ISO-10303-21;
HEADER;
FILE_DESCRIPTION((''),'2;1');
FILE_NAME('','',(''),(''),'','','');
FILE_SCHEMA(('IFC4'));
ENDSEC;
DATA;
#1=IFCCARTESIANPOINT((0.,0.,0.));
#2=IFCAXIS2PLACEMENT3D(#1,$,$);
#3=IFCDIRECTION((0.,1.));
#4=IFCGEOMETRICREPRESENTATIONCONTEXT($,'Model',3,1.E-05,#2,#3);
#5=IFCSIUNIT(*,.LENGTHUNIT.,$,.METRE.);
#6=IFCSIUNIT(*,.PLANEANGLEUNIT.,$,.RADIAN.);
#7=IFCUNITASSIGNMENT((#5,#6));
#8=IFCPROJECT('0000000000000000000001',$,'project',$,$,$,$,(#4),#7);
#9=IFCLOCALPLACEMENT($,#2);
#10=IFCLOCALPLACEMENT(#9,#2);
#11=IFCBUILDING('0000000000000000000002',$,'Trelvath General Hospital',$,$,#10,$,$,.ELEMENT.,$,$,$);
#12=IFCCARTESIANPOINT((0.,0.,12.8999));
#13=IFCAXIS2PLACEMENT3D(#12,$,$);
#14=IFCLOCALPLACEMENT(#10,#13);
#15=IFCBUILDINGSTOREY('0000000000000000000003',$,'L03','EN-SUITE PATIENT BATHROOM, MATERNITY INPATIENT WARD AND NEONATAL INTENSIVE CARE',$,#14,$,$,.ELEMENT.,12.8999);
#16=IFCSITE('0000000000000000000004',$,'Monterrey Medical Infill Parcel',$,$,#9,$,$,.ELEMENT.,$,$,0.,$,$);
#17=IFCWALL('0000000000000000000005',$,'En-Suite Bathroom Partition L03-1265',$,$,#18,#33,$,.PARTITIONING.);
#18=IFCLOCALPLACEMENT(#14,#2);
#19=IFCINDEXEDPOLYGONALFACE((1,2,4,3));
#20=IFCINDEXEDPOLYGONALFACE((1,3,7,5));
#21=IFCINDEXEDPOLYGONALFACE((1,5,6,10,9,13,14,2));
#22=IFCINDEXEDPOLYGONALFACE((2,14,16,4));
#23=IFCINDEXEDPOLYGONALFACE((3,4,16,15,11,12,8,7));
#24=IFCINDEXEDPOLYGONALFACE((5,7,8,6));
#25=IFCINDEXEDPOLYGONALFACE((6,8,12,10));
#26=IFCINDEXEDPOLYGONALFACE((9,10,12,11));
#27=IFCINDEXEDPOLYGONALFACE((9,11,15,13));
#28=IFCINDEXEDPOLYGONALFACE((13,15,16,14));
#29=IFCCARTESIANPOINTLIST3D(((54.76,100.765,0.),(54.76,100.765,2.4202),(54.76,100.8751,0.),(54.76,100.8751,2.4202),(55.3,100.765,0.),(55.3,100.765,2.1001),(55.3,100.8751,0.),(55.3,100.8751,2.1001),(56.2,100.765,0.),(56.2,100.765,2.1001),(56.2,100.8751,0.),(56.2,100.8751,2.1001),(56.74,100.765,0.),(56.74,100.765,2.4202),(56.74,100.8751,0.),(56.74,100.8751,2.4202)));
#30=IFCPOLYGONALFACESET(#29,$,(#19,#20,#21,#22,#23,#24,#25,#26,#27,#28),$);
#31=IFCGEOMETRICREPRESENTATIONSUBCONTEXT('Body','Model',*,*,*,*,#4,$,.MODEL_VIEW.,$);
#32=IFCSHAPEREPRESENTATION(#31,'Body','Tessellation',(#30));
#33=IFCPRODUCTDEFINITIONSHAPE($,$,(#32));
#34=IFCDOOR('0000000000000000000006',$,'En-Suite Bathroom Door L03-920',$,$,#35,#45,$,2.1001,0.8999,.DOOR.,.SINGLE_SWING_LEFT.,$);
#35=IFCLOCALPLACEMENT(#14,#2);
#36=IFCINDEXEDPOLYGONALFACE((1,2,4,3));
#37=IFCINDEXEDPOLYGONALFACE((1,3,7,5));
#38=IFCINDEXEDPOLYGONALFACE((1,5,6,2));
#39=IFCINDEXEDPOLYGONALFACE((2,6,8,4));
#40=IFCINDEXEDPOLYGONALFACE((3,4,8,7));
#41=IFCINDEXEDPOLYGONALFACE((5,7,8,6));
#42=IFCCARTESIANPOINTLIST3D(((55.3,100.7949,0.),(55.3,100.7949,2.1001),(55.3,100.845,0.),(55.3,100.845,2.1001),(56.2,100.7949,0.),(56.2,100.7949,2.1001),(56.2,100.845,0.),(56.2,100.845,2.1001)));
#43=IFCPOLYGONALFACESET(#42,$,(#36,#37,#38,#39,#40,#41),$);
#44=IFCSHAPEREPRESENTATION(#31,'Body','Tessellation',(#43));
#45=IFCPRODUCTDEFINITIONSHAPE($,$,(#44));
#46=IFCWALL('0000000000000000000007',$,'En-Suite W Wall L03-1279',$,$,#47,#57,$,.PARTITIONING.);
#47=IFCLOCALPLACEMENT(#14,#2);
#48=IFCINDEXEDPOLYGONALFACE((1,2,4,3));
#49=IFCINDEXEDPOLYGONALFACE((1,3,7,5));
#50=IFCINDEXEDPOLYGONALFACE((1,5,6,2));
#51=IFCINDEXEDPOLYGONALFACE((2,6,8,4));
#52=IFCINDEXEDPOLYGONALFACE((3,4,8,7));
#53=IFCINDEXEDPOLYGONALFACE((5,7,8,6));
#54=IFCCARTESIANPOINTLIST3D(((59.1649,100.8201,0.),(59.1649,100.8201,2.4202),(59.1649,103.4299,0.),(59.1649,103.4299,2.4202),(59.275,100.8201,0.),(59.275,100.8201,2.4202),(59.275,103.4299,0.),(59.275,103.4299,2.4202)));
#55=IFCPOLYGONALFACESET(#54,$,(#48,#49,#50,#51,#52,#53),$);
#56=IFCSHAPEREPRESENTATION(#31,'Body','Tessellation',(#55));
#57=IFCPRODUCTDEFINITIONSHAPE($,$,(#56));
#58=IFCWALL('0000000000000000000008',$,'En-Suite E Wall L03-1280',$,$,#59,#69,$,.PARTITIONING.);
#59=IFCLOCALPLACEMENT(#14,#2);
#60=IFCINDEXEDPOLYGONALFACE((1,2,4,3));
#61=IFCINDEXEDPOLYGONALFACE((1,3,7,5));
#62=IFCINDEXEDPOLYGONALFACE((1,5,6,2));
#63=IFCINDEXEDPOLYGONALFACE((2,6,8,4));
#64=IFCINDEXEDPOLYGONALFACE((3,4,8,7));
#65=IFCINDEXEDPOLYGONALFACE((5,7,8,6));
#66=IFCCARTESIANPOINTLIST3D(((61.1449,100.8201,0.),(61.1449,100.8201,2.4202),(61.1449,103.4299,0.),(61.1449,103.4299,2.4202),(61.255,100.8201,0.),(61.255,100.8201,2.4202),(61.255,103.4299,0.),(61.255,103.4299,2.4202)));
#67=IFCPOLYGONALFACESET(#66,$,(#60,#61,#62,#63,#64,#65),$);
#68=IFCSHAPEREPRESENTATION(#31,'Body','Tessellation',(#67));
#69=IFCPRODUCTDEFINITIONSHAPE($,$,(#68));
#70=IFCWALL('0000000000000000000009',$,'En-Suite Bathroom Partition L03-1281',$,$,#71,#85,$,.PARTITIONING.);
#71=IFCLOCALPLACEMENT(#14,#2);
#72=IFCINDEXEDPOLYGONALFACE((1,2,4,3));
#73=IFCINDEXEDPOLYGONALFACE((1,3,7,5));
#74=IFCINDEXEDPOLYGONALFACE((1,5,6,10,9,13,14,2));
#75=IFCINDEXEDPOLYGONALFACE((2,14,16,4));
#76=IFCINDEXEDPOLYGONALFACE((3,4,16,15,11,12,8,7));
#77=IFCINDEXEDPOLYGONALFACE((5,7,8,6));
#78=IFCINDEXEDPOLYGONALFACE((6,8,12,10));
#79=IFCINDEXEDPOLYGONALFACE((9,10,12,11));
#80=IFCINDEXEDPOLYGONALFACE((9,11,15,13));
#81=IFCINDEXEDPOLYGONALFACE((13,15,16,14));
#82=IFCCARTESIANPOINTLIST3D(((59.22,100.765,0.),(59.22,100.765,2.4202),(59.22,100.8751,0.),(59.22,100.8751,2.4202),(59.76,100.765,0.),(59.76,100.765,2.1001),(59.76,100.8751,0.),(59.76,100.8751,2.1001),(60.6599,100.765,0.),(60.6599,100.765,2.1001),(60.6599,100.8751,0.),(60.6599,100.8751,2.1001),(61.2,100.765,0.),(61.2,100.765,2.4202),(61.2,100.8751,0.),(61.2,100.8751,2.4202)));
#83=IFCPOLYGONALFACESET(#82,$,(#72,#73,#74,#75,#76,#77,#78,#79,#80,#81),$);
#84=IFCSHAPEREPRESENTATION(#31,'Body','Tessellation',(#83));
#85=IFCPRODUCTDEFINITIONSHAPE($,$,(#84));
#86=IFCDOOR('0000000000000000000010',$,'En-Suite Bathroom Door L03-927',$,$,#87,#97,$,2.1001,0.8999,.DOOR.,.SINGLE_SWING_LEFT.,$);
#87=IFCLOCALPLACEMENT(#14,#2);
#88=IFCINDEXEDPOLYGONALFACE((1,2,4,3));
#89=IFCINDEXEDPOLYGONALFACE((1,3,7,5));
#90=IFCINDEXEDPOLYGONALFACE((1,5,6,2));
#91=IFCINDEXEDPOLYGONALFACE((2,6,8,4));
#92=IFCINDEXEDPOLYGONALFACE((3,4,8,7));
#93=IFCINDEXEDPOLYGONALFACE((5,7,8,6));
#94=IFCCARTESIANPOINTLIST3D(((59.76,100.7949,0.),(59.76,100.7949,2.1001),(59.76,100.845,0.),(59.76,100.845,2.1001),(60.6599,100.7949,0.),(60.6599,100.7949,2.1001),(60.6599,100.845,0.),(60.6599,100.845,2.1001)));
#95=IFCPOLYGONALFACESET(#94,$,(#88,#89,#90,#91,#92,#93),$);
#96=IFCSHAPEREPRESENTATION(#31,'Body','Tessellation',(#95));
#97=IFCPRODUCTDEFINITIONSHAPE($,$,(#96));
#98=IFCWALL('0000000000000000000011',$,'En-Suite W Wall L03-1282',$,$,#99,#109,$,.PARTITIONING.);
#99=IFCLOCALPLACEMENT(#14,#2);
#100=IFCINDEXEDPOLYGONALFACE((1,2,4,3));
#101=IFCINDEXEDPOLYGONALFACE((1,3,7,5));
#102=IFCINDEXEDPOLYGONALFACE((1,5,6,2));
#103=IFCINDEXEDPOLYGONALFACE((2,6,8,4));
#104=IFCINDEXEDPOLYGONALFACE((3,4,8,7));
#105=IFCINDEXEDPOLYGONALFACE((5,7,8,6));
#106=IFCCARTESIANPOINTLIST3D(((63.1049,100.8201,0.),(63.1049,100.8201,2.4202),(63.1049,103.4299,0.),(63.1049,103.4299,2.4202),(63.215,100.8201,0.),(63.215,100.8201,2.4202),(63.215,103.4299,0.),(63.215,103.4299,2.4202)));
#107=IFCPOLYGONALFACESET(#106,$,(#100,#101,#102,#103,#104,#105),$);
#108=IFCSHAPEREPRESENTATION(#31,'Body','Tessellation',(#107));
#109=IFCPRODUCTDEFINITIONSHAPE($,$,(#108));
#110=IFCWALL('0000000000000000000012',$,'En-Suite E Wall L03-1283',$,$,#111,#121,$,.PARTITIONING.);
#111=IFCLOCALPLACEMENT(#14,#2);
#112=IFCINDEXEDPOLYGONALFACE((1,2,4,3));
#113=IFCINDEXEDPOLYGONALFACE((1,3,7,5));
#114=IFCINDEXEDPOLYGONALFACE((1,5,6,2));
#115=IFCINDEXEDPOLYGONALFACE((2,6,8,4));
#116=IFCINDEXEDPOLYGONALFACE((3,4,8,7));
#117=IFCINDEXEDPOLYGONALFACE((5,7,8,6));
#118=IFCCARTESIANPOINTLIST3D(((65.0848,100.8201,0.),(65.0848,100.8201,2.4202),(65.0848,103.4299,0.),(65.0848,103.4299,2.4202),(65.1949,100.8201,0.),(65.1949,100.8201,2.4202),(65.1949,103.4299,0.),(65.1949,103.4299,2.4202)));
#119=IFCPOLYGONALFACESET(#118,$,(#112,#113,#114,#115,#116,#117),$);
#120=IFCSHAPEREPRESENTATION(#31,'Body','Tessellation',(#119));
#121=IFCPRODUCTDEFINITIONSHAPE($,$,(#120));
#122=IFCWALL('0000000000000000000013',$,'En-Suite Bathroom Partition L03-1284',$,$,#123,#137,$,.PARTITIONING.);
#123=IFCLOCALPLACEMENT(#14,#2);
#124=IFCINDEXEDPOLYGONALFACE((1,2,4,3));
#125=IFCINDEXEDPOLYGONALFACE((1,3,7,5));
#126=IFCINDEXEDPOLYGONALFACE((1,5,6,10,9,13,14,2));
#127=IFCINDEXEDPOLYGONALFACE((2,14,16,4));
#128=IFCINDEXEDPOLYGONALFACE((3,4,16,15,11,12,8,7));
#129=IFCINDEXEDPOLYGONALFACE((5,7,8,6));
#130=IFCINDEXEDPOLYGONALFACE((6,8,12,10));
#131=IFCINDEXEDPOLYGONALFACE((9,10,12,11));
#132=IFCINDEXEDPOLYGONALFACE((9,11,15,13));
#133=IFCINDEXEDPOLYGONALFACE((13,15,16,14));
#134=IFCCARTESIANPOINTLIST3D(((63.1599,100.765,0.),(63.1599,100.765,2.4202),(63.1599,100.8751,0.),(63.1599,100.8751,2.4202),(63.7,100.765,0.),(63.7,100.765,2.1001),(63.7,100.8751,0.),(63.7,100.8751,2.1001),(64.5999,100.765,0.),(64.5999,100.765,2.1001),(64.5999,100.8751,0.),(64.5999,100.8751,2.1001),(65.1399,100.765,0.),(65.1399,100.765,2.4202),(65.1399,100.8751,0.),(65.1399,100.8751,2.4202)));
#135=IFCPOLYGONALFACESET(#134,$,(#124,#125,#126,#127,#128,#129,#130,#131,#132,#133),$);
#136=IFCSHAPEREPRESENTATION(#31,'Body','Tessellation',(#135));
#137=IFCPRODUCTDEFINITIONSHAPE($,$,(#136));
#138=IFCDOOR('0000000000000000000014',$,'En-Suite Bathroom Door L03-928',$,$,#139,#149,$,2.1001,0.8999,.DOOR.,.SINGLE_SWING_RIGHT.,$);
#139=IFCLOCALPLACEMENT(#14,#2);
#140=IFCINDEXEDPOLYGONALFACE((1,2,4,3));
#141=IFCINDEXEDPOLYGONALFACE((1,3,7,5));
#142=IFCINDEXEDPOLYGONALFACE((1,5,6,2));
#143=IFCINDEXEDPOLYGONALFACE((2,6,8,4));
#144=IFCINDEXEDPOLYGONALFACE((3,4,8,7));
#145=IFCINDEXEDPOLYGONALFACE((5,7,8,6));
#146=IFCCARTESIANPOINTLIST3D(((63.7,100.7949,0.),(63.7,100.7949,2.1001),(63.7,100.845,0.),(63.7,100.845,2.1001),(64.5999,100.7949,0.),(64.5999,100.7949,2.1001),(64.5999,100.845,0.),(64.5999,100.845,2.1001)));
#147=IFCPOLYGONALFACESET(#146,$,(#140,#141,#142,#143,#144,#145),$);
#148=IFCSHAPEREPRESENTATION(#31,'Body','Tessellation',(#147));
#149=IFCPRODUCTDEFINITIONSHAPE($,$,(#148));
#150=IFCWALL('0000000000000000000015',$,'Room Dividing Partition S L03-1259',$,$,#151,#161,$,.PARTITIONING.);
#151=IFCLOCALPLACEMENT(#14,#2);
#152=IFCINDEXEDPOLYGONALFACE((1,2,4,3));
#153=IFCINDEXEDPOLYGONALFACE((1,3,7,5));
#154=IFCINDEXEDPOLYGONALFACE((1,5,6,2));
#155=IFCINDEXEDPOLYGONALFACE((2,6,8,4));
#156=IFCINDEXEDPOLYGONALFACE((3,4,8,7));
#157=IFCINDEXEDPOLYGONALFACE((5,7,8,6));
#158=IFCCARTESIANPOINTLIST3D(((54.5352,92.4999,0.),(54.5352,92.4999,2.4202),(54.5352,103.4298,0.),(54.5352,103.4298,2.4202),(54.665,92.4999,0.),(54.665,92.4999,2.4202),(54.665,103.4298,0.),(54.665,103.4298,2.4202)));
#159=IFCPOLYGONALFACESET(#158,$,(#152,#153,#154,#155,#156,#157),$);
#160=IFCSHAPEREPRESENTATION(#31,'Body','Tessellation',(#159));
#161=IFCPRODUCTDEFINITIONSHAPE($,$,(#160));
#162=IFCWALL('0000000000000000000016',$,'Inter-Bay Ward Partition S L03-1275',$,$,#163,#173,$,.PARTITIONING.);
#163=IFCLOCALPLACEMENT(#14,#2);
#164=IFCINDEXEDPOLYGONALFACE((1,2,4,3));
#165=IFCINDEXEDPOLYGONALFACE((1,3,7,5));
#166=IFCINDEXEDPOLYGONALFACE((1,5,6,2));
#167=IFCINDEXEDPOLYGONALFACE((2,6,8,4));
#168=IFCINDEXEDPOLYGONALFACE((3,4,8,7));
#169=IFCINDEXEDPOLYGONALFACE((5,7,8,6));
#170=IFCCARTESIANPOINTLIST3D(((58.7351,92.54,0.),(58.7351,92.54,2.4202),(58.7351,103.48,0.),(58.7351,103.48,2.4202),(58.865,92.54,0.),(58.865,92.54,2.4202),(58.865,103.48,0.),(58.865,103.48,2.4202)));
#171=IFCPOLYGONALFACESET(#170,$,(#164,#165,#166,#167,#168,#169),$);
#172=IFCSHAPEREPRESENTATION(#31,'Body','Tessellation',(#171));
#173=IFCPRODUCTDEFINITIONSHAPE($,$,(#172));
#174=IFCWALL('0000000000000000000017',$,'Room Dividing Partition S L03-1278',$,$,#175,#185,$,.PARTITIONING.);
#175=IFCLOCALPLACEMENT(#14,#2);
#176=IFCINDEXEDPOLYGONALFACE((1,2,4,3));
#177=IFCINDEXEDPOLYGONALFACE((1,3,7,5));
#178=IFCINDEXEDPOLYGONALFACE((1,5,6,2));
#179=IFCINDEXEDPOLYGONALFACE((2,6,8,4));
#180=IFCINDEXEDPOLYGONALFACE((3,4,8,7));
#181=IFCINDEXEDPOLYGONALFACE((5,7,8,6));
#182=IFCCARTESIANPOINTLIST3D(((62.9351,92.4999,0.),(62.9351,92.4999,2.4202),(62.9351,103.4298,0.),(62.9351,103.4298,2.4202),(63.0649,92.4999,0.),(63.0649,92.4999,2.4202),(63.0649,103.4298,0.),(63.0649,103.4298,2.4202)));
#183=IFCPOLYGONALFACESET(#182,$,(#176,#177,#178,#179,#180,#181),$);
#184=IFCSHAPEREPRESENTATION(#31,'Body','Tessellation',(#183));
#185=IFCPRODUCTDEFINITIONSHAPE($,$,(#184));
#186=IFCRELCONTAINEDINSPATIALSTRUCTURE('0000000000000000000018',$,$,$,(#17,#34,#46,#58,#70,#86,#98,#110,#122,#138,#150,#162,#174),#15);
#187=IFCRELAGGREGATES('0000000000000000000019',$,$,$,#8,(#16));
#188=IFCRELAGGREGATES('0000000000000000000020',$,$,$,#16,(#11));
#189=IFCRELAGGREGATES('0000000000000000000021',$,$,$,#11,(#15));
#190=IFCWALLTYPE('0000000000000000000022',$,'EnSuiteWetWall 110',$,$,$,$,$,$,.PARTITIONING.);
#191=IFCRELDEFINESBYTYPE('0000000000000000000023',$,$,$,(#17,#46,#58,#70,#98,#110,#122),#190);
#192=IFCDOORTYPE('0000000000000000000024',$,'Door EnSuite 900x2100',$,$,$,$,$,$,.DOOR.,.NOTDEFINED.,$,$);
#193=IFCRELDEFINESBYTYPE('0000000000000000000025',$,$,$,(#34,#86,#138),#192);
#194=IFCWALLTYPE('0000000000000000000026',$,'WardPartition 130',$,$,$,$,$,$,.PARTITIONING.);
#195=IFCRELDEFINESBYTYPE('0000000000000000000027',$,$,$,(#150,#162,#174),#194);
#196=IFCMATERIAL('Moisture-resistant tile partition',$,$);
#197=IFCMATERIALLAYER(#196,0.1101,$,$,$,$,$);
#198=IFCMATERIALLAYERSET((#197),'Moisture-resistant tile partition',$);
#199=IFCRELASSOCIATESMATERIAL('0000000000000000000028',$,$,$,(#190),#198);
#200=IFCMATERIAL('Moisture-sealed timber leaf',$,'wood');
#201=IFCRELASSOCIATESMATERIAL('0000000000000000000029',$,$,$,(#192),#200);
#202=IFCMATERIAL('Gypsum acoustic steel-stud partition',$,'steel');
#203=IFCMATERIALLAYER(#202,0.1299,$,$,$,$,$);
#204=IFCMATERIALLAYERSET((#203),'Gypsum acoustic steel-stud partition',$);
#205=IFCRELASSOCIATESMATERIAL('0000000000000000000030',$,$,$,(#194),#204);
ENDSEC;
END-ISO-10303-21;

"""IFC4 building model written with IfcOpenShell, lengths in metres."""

from ifc_helpers import new_model, si_unit, direction, frame, frame_2d, origin, place, context, subcontext, project, spatial, rectangle, extrude, material, layer, layer_set, type_object, element, fill, save


model = new_model("IFC4")

# Units and contexts
model_context = context("Model", 3, precision=1e-05, world=origin(), true_north=direction((0.0, 1.0)))
body_context = subcontext(model_context, "Body", "Model", "MODEL_VIEW")
ifc_project = project(units=[si_unit("LENGTHUNIT", "METRE"), si_unit("PLANEANGLEUNIT", "RADIAN")], contexts=[model_context])

# Site, building, storey
site_placement = place(None, origin())
site = spatial("IfcSite", under=ifc_project, at=site_placement, Name="Monterrey Medical Infill Parcel", CompositionType="ELEMENT", RefElevation=0.0)
building_placement = place(site_placement, origin())
building = spatial("IfcBuilding", under=site, at=building_placement, Name="Trelvath General Hospital", CompositionType="ELEMENT")
storey_placement = place(building_placement, frame((0.0, 0.0, 12.8999)))
storey = spatial("IfcBuildingStorey", under=building, at=storey_placement, Name="L03", Description="EN-SUITE PATIENT BATHROOM, MATERNITY INPATIENT WARD AND NEONATAL INTENSIVE CARE", CompositionType="ELEMENT", Elevation=12.8999)

# Shared definitions
ifc_material_1 = material(Name="Moisture-resistant tile partition")
ifc_layer_1 = layer(ifc_material_1, 0.1101)
ifc_layer_set_1 = layer_set([ifc_layer_1], Name="Moisture-resistant tile partition")
wall_type_1 = type_object("IfcWallType", Name="EnSuiteWetWall 110", PredefinedType="PARTITIONING", material=ifc_layer_set_1)

# Wall, opening, door
wall_1_placement = place(storey_placement, frame((54.76, 100.8201, 0.0), z_axis=(0.0, 0.0, 1.0), x_axis=(1.0, 0.0, 0.0)))
wall_1 = element("IfcWall", 1, at=wall_1_placement, inside=storey, type_object=wall_type_1, Name="En-Suite Bathroom Partition L03-1265", PredefinedType="PARTITIONING", context=body_context, shape_type="SweptSolid", body=[
    extrude(rectangle(XDim=1.98, YDim=0.1101, at=frame_2d((0.99, 0.0))), origin(), (0.0, 0.0, 1.0), 2.4202),
])
opening_1_placement = place(wall_1_placement, frame((0.54, 0.0, 0.0)))
opening_1 = element("IfcOpeningElement", 2, at=opening_1_placement, cuts=wall_1, PredefinedType="OPENING", context=body_context, shape_type="SweptSolid", body=[
    extrude(rectangle(XDim=0.8999, YDim=2.1001, at=frame_2d((0.45, 1.05))), frame((0.0, 0.0649, 0.0), z_axis=(0.0, -1.0, 0.0), x_axis=(1.0, 0.0, 0.0)), (0.0, 0.0, 1.0), 0.1301),
])
ifc_material_2 = material(Name="Moisture-sealed timber leaf", Category="wood")
door_type_1 = type_object("IfcDoorType", Name="Door EnSuite 900x2100", OperationType="NOTDEFINED", PredefinedType="DOOR", material=ifc_material_2)
door_1_placement = place(opening_1_placement, origin())
door_1 = element("IfcDoor", 3, at=door_1_placement, inside=storey, type_object=door_type_1, Name="En-Suite Bathroom Door L03-920", OperationType="SINGLE_SWING_LEFT", OverallHeight=2.1001, OverallWidth=0.8999, PredefinedType="DOOR", context=body_context, shape_type="SweptSolid", body=[
    extrude(rectangle(XDim=0.8999, YDim=2.1001, at=frame_2d((0.45, 1.05))), frame((0.0, 0.0249, 0.0), z_axis=(0.0, -1.0, 0.0), x_axis=(1.0, 0.0, 0.0)), (0.0, 0.0, 1.0), 0.05),
])
fill(opening_1, door_1)

# Walls
for number, where, z_axis, x_axis, name in (
    (4, (59.22, 100.8201, 0.0), (0.0, 0.0, 1.0), (0.0, 1.0, 0.0), "En-Suite W Wall L03-1279"),
    (5, (61.2, 100.8201, 0.0), (0.0, 0.0, 1.0), (0.0, 1.0, 0.0), "En-Suite E Wall L03-1280"),
):
    element("IfcWall", number, at=place(storey_placement, frame(where, z_axis=z_axis, x_axis=x_axis)), inside=storey, type_object=wall_type_1, Name=name, PredefinedType="PARTITIONING", context=body_context, shape_type="SweptSolid", body=[
        extrude(rectangle(XDim=2.6099, YDim=0.1101, at=frame_2d((1.3049, 0.0))), origin(), (0.0, 0.0, 1.0), 2.4202),
    ])

# Wall, opening, door
wall_2_placement = place(storey_placement, frame((59.22, 100.8201, 0.0), z_axis=(0.0, 0.0, 1.0), x_axis=(1.0, 0.0, 0.0)))
wall_2 = element("IfcWall", 6, at=wall_2_placement, inside=storey, type_object=wall_type_1, Name="En-Suite Bathroom Partition L03-1281", PredefinedType="PARTITIONING", context=body_context, shape_type="SweptSolid", body=[
    extrude(rectangle(XDim=1.98, YDim=0.1101, at=frame_2d((0.99, 0.0))), origin(), (0.0, 0.0, 1.0), 2.4202),
])
opening_2_placement = place(wall_2_placement, frame((0.54, 0.0, 0.0)))
opening_2 = element("IfcOpeningElement", 7, at=opening_2_placement, cuts=wall_2, PredefinedType="OPENING", context=body_context, shape_type="SweptSolid", body=[
    extrude(rectangle(XDim=0.8999, YDim=2.1001, at=frame_2d((0.45, 1.05))), frame((0.0, 0.0649, 0.0), z_axis=(0.0, -1.0, 0.0), x_axis=(1.0, 0.0, 0.0)), (0.0, 0.0, 1.0), 0.1301),
])
door_2_placement = place(opening_2_placement, origin())
door_2 = element("IfcDoor", 8, at=door_2_placement, inside=storey, type_object=door_type_1, Name="En-Suite Bathroom Door L03-927", OperationType="SINGLE_SWING_LEFT", OverallHeight=2.1001, OverallWidth=0.8999, PredefinedType="DOOR", context=body_context, shape_type="SweptSolid", body=[
    extrude(rectangle(XDim=0.8999, YDim=2.1001, at=frame_2d((0.45, 1.05))), frame((0.0, 0.0249, 0.0), z_axis=(0.0, -1.0, 0.0), x_axis=(1.0, 0.0, 0.0)), (0.0, 0.0, 1.0), 0.05),
])
fill(opening_2, door_2)

# Walls
for number, where, z_axis, x_axis, name in (
    (9, (63.1599, 100.8201, 0.0), (0.0, 0.0, 1.0), (0.0, 1.0, 0.0), "En-Suite W Wall L03-1282"),
    (10, (65.1399, 100.8201, 0.0), (0.0, 0.0, 1.0), (0.0, 1.0, 0.0), "En-Suite E Wall L03-1283"),
):
    element("IfcWall", number, at=place(storey_placement, frame(where, z_axis=z_axis, x_axis=x_axis)), inside=storey, type_object=wall_type_1, Name=name, PredefinedType="PARTITIONING", context=body_context, shape_type="SweptSolid", body=[
        extrude(rectangle(XDim=2.6099, YDim=0.1101, at=frame_2d((1.3049, 0.0))), origin(), (0.0, 0.0, 1.0), 2.4202),
    ])

# Wall, opening, door
wall_3_placement = place(storey_placement, frame((63.1599, 100.8201, 0.0), z_axis=(0.0, 0.0, 1.0), x_axis=(1.0, 0.0, 0.0)))
wall_3 = element("IfcWall", 11, at=wall_3_placement, inside=storey, type_object=wall_type_1, Name="En-Suite Bathroom Partition L03-1284", PredefinedType="PARTITIONING", context=body_context, shape_type="SweptSolid", body=[
    extrude(rectangle(XDim=1.98, YDim=0.1101, at=frame_2d((0.99, 0.0))), origin(), (0.0, 0.0, 1.0), 2.4202),
])
opening_3_placement = place(wall_3_placement, frame((0.54, 0.0, 0.0)))
opening_3 = element("IfcOpeningElement", 12, at=opening_3_placement, cuts=wall_3, PredefinedType="OPENING", context=body_context, shape_type="SweptSolid", body=[
    extrude(rectangle(XDim=0.8999, YDim=2.1001, at=frame_2d((0.45, 1.05))), frame((0.0, 0.0649, 0.0), z_axis=(0.0, -1.0, 0.0), x_axis=(1.0, 0.0, 0.0)), (0.0, 0.0, 1.0), 0.1301),
])
door_3_placement = place(opening_3_placement, origin())
door_3 = element("IfcDoor", 13, at=door_3_placement, inside=storey, type_object=door_type_1, Name="En-Suite Bathroom Door L03-928", OperationType="SINGLE_SWING_RIGHT", OverallHeight=2.1001, OverallWidth=0.8999, PredefinedType="DOOR", context=body_context, shape_type="SweptSolid", body=[
    extrude(rectangle(XDim=0.8999, YDim=2.1001, at=frame_2d((0.45, 1.05))), frame((0.0, 0.0249, 0.0), z_axis=(0.0, -1.0, 0.0), x_axis=(1.0, 0.0, 0.0)), (0.0, 0.0, 1.0), 0.05),
])
fill(opening_3, door_3)

# Walls
ifc_material_3 = material(Name="Gypsum acoustic steel-stud partition", Category="steel")
ifc_layer_2 = layer(ifc_material_3, 0.1299)
ifc_layer_set_2 = layer_set([ifc_layer_2], Name="Gypsum acoustic steel-stud partition")
wall_type_2 = type_object("IfcWallType", Name="WardPartition 130", PredefinedType="PARTITIONING", material=ifc_layer_set_2)
wall_4_placement = place(storey_placement, frame((54.6001, 92.5, 0.0), z_axis=(0.0, 0.0, 1.0), x_axis=(0.0, 1.0, 0.0)))
element("IfcWall", 14, at=wall_4_placement, inside=storey, type_object=wall_type_2, Name="Room Dividing Partition S L03-1259", PredefinedType="PARTITIONING", context=body_context, shape_type="SweptSolid", body=[
    extrude(rectangle(XDim=10.9299, YDim=0.1299, at=frame_2d((5.4648, 0.0))), origin(), (0.0, 0.0, 1.0), 2.4202),
])
wall_5_placement = place(storey_placement, frame((58.8, 92.54, 0.0), z_axis=(0.0, 0.0, 1.0), x_axis=(0.0, 1.0, 0.0)))
element("IfcWall", 15, at=wall_5_placement, inside=storey, type_object=wall_type_2, Name="Inter-Bay Ward Partition S L03-1275", PredefinedType="PARTITIONING", context=body_context, shape_type="SweptSolid", body=[
    extrude(rectangle(XDim=10.9399, YDim=0.1299, at=frame_2d((5.47, 0.0))), origin(), (0.0, 0.0, 1.0), 2.4202),
])
wall_6_placement = place(storey_placement, frame((63.0, 92.5, 0.0), z_axis=(0.0, 0.0, 1.0), x_axis=(0.0, 1.0, 0.0)))
element("IfcWall", 16, at=wall_6_placement, inside=storey, type_object=wall_type_2, Name="Room Dividing Partition S L03-1278", PredefinedType="PARTITIONING", context=body_context, shape_type="SweptSolid", body=[
    extrude(rectangle(XDim=10.9299, YDim=0.1299, at=frame_2d((5.4648, 0.0))), origin(), (0.0, 0.0, 1.0), 2.4202),
])

save(model, "model.ifc")
